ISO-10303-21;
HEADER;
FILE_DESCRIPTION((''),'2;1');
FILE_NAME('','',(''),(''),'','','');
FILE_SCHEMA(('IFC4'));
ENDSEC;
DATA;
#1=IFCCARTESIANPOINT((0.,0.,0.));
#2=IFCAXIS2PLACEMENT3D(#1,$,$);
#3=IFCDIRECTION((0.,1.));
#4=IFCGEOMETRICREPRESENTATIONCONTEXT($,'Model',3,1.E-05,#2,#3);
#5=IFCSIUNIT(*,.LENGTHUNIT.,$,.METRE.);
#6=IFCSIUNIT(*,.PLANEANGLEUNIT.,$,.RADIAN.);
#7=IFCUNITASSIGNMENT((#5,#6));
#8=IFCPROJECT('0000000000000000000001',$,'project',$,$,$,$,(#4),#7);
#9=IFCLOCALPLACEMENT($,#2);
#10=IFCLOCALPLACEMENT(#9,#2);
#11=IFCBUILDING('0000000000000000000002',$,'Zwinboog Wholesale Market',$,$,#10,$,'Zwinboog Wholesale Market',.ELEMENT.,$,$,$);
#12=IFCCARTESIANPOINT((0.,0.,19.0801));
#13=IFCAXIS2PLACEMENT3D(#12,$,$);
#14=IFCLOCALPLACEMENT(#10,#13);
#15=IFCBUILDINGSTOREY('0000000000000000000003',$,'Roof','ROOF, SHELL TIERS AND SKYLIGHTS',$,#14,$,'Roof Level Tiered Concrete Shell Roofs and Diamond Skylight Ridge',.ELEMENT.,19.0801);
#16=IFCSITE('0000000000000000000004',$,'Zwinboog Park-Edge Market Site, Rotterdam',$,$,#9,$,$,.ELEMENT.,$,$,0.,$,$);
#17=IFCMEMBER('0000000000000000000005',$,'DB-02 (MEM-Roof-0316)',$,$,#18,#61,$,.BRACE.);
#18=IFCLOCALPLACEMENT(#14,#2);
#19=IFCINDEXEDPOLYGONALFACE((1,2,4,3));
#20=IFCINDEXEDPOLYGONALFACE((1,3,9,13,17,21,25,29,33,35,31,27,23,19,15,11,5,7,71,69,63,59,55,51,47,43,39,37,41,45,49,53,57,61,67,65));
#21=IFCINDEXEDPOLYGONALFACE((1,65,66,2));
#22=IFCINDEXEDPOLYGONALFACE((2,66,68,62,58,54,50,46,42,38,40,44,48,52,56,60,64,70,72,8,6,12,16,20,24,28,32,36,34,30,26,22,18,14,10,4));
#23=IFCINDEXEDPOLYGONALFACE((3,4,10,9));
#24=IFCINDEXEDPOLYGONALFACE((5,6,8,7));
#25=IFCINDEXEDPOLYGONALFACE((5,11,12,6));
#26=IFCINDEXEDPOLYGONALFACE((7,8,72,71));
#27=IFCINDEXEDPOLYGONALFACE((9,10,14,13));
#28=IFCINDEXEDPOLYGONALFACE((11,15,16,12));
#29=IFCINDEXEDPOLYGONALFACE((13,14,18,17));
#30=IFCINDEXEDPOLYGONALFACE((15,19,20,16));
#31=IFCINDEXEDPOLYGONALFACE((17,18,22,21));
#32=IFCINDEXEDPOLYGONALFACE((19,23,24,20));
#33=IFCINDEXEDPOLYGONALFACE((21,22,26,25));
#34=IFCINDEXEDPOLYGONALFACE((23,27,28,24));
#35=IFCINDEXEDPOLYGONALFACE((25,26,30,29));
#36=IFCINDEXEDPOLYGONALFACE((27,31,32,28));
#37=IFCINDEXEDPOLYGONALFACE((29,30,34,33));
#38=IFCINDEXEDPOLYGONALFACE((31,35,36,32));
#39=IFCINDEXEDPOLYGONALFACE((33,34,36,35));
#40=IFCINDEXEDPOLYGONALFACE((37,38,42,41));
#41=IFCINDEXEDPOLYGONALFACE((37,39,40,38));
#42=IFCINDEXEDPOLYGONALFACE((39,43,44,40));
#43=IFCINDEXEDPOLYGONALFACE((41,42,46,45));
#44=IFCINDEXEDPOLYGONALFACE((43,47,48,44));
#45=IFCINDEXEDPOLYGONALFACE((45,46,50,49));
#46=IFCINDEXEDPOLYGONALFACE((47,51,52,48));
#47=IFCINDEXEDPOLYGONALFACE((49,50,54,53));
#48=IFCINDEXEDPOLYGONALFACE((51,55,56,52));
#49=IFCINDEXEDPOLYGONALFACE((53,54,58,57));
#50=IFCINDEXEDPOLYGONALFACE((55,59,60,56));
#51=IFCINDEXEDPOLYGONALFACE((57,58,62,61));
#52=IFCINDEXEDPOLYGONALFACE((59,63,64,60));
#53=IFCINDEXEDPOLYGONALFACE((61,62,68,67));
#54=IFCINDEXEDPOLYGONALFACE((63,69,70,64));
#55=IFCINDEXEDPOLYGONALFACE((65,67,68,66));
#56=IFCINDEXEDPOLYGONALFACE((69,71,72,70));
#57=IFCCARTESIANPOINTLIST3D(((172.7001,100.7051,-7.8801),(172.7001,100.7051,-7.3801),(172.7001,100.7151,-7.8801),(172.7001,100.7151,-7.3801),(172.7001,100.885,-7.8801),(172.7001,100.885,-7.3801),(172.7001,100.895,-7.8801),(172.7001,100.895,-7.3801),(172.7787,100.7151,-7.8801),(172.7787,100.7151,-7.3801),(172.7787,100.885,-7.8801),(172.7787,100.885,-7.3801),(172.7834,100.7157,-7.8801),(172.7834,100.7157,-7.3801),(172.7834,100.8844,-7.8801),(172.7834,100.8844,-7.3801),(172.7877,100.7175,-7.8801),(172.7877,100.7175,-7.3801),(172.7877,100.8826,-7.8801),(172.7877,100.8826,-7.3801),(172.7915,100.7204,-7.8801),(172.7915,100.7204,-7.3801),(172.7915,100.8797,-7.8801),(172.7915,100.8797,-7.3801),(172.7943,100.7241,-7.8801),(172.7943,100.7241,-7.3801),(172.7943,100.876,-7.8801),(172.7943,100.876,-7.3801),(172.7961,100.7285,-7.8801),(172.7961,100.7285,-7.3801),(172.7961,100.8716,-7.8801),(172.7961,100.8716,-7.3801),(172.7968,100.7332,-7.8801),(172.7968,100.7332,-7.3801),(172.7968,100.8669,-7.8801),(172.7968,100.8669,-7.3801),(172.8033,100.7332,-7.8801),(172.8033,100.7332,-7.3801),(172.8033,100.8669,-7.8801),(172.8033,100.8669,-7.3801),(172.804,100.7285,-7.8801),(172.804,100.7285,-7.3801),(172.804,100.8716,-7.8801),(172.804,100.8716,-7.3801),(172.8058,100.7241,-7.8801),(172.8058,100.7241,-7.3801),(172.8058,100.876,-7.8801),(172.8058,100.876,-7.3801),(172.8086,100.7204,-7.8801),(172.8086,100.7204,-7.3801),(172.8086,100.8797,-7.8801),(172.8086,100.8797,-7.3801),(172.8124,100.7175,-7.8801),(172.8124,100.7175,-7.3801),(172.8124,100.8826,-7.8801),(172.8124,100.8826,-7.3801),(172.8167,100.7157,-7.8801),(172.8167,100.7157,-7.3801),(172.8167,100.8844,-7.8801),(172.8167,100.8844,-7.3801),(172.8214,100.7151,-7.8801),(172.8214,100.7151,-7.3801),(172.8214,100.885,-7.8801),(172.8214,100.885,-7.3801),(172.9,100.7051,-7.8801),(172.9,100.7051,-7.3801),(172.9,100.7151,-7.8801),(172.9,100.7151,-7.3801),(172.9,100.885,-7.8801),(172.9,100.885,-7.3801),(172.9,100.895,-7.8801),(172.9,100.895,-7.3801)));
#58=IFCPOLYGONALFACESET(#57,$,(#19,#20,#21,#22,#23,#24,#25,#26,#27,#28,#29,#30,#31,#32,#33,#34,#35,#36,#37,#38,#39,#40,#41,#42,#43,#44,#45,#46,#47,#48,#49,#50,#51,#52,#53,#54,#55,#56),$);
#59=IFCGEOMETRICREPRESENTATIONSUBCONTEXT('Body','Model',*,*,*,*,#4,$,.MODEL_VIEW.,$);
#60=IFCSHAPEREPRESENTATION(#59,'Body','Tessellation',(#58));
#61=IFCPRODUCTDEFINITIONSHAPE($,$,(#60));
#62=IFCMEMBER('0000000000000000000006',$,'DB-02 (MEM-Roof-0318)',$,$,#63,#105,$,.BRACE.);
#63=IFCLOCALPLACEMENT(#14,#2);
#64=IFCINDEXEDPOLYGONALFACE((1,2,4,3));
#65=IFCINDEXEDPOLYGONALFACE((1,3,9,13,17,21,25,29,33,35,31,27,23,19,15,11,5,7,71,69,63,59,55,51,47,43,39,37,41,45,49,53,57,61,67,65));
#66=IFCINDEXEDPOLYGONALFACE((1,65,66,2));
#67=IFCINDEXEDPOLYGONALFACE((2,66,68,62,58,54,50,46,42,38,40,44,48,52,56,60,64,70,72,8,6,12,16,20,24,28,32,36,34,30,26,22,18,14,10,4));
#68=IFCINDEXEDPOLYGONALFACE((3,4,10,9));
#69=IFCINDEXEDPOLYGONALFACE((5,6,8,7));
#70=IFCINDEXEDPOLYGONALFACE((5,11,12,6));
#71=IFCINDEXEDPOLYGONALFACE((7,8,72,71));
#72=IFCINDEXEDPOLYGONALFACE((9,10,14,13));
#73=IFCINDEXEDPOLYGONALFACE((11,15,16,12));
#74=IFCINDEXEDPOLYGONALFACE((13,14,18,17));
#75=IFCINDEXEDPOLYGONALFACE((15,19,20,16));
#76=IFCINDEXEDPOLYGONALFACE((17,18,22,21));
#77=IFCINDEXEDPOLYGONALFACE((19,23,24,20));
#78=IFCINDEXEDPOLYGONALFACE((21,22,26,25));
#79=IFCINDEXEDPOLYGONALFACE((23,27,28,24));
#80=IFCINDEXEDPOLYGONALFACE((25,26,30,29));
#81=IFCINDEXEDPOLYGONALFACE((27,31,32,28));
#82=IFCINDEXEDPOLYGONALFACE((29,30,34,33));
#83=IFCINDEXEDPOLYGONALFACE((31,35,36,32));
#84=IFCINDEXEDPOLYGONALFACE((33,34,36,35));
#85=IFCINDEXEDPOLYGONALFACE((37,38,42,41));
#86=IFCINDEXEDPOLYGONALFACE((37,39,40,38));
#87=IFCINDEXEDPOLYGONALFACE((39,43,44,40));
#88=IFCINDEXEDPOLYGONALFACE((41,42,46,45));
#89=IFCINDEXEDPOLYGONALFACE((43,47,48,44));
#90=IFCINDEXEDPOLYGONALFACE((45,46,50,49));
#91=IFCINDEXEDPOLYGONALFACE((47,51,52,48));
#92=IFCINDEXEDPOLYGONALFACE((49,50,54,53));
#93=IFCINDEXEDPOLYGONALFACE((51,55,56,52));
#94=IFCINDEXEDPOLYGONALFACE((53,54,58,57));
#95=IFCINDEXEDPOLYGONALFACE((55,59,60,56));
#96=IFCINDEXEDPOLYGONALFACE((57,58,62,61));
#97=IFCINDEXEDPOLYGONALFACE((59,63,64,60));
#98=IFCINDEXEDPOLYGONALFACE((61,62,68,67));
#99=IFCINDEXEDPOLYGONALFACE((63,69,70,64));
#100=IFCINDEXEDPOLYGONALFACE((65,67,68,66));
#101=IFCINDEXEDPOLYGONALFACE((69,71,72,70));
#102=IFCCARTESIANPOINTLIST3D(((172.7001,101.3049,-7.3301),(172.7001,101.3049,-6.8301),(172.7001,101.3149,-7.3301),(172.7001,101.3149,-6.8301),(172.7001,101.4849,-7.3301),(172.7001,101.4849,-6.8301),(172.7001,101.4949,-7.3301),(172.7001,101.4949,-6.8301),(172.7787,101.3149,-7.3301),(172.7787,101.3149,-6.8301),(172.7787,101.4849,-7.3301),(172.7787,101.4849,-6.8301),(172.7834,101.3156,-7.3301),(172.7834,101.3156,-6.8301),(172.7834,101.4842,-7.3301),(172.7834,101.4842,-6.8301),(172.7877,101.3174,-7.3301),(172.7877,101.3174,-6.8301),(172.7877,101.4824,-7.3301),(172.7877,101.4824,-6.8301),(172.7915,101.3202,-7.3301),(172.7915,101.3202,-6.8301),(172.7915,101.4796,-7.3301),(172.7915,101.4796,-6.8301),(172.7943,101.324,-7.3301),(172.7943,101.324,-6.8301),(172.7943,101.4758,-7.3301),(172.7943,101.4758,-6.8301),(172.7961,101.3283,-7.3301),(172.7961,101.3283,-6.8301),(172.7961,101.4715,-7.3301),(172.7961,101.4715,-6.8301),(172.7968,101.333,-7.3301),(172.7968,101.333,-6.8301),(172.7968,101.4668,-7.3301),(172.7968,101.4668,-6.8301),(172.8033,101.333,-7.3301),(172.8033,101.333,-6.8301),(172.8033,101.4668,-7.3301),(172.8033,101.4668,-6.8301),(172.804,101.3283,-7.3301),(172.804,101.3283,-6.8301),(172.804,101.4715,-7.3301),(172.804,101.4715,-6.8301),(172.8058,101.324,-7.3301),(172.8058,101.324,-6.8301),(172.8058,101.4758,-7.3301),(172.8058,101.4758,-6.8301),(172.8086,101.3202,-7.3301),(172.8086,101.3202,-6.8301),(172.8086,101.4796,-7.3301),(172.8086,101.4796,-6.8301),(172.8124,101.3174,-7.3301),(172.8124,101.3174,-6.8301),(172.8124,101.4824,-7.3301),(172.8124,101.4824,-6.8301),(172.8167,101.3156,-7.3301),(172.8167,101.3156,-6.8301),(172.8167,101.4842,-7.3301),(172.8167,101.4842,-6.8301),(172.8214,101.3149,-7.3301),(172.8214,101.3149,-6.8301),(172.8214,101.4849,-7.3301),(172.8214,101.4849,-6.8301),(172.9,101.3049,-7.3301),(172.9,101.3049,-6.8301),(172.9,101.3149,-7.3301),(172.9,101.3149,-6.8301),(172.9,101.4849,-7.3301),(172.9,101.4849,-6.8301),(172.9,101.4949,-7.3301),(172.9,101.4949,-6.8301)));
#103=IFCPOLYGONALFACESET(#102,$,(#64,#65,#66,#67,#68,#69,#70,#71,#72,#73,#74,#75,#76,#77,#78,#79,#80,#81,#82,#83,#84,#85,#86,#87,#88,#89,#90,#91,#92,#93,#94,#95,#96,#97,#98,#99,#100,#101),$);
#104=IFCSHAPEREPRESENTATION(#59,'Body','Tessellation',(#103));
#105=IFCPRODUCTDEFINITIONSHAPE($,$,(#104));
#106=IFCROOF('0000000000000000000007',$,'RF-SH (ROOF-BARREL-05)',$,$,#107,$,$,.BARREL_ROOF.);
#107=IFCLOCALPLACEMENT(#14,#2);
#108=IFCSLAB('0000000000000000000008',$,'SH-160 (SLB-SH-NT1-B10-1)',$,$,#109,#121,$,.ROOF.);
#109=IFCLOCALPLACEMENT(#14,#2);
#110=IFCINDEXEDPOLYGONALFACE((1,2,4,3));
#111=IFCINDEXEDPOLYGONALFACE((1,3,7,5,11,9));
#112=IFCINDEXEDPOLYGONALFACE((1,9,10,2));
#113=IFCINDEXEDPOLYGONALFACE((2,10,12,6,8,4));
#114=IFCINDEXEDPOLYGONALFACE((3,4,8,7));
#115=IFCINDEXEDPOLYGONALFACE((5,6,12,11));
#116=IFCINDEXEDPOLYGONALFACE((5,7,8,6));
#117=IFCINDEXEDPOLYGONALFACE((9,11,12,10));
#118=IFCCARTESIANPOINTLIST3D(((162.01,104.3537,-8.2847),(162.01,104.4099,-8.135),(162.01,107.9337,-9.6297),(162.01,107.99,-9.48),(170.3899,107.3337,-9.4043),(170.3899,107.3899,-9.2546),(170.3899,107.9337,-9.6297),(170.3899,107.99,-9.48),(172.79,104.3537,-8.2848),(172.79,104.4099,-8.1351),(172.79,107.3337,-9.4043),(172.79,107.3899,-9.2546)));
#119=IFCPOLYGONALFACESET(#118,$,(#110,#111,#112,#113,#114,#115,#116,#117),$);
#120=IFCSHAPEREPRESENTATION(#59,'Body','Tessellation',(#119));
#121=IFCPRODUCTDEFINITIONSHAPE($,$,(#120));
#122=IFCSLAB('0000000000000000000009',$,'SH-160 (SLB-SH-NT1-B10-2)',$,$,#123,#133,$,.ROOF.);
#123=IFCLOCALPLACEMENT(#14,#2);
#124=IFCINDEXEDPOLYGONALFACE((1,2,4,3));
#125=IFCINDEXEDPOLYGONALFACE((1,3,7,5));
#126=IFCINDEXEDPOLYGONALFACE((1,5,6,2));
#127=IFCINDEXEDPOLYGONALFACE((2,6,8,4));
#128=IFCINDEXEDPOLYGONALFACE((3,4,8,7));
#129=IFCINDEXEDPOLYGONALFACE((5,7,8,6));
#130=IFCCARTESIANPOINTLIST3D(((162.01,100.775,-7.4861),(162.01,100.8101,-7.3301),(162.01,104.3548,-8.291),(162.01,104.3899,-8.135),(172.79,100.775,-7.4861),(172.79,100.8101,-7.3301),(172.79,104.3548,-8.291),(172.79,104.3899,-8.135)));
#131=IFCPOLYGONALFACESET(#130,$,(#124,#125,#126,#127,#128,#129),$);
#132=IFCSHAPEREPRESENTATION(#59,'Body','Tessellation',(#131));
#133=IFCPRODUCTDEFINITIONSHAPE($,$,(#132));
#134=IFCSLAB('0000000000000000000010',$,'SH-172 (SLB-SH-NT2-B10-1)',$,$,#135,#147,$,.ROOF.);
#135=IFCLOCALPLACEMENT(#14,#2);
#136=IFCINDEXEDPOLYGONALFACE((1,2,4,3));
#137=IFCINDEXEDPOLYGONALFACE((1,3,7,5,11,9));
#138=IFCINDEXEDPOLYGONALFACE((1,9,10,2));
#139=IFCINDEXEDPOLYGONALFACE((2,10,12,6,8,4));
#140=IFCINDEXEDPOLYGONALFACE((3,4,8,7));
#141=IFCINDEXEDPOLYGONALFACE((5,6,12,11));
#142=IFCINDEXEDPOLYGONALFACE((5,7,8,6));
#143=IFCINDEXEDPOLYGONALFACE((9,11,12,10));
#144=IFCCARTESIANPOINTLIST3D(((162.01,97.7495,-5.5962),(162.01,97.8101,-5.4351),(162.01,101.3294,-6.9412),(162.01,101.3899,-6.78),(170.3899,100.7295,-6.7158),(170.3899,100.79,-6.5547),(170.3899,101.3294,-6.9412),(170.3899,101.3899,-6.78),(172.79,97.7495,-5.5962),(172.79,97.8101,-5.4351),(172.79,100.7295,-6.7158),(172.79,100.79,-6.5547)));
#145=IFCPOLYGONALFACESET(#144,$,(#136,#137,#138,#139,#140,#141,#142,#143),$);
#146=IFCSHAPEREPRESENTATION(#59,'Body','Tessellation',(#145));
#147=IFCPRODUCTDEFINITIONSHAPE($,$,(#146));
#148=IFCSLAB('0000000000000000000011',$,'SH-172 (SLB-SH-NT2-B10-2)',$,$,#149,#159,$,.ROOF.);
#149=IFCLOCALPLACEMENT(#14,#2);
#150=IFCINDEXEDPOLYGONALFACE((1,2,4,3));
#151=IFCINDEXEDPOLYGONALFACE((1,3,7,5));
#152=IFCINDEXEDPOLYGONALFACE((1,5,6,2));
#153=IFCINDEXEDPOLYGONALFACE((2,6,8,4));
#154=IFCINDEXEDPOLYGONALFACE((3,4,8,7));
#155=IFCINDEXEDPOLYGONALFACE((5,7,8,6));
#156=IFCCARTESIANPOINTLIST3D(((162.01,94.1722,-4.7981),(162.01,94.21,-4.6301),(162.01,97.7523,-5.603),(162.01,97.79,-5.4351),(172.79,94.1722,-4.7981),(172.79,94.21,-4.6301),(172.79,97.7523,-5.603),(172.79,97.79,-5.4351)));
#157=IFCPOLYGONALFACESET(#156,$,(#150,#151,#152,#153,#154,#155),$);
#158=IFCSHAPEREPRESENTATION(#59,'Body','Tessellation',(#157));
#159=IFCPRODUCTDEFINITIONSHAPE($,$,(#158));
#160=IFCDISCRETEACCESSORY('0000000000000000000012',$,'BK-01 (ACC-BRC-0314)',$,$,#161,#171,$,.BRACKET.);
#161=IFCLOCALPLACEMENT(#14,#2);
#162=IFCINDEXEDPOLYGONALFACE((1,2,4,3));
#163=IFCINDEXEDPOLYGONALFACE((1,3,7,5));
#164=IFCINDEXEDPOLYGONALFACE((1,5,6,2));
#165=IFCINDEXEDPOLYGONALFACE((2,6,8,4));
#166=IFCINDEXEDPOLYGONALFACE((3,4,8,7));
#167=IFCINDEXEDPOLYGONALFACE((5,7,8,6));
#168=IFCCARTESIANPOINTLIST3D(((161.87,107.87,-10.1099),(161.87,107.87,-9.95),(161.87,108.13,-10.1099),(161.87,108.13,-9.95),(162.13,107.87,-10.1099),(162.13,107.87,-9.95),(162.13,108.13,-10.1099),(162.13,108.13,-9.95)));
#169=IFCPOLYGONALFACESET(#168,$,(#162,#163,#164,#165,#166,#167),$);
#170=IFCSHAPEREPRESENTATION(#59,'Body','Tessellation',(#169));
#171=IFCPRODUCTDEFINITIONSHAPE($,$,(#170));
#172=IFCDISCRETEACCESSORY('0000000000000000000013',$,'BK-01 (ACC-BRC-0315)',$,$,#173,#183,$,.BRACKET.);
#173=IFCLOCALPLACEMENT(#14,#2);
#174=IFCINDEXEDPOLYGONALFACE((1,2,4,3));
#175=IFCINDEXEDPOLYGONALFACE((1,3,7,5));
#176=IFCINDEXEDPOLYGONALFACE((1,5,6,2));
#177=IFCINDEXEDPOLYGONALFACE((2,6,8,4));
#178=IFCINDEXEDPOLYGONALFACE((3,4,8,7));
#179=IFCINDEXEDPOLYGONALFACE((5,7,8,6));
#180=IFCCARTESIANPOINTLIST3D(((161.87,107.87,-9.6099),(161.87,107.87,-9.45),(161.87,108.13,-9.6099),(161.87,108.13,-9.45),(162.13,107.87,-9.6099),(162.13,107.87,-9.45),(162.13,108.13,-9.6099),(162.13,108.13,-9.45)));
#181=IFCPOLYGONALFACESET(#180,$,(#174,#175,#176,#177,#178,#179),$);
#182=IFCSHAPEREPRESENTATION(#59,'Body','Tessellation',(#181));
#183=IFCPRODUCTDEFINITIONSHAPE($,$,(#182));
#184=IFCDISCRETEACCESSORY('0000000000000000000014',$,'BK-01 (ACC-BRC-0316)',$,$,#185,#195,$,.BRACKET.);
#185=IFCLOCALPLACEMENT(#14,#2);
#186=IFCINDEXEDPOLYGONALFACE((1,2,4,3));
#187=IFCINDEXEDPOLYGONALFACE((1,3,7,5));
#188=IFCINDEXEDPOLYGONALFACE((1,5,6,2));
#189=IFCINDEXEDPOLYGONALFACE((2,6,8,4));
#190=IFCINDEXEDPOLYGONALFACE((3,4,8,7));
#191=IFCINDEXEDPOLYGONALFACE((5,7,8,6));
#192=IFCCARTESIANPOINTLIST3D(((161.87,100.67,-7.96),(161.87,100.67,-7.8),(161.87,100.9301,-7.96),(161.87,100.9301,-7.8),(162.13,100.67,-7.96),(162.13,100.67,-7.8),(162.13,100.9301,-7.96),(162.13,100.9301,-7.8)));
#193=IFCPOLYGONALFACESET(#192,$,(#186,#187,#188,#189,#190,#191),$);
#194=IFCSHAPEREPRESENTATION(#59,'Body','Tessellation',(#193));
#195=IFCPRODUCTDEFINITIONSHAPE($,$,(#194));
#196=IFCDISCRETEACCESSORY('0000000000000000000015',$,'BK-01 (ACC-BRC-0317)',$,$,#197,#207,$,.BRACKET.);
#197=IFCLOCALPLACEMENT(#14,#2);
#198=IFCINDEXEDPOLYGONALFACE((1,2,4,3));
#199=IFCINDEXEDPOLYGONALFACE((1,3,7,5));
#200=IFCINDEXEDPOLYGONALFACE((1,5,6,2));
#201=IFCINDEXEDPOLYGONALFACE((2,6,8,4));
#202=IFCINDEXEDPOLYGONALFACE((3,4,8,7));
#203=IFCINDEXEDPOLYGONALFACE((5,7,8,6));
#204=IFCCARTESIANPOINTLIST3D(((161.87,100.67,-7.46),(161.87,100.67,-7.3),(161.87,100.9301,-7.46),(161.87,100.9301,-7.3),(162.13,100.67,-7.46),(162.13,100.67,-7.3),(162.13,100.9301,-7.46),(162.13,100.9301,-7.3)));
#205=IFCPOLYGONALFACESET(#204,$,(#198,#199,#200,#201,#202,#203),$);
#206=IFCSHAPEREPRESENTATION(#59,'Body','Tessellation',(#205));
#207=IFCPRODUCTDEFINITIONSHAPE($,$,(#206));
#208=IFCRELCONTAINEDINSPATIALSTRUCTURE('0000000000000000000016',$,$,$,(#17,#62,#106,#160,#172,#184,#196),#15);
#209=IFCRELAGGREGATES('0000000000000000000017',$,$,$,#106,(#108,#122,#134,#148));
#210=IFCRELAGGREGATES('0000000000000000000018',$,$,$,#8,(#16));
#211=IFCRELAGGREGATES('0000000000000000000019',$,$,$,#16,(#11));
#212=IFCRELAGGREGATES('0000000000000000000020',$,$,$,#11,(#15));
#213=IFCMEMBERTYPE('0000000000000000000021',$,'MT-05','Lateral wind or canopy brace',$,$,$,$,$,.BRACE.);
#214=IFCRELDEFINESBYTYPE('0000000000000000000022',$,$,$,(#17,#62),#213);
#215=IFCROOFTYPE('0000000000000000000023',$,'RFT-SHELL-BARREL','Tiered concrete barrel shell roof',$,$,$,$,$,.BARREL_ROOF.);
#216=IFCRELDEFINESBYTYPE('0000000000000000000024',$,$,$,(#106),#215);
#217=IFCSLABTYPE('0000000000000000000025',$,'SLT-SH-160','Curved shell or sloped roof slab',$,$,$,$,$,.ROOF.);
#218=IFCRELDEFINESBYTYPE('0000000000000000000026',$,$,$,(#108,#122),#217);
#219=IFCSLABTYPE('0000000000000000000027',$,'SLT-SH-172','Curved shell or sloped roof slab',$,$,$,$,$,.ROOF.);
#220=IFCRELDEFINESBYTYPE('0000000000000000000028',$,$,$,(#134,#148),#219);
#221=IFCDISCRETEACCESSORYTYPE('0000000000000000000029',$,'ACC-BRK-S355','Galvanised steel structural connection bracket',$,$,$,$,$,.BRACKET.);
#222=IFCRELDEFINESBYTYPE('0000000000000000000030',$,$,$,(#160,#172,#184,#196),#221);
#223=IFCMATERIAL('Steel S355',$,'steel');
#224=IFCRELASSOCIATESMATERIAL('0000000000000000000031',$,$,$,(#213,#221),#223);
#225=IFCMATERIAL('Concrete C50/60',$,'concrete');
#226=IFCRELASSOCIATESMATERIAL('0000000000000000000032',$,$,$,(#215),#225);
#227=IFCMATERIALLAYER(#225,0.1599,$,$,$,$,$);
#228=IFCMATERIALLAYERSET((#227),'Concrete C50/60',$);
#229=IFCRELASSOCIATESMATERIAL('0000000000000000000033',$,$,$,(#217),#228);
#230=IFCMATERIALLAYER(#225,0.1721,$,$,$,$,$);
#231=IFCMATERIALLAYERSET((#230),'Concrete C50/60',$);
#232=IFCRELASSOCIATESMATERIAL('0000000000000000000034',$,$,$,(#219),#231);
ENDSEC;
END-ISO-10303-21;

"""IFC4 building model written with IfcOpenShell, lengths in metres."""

from ifc_helpers import new_model, si_unit, direction, frame, origin, origin_2d, place, context, subcontext, project, spatial, polyline, rectangle, i_section, outline, extrude, material, layer, layer_set, material_profile, profile_set, type_object, element, aggregate, save


model = new_model("IFC4")

# Units and contexts
model_context = context("Model", 3, precision=1e-05, world=origin(), true_north=direction((0.0, 1.0)))
body_context = subcontext(model_context, "Body", "Model", "MODEL_VIEW")
ifc_project = project(units=[si_unit("LENGTHUNIT", "METRE"), si_unit("PLANEANGLEUNIT", "RADIAN")], contexts=[model_context])

# Site, building, storey
site_placement = place(None, origin())
site = spatial("IfcSite", under=ifc_project, at=site_placement, Name="Zwinboog Park-Edge Market Site, Rotterdam", CompositionType="ELEMENT", RefElevation=0.0)
building_placement = place(site_placement, origin())
building = spatial("IfcBuilding", under=site, at=building_placement, Name="Zwinboog Wholesale Market", LongName="Zwinboog Wholesale Market", CompositionType="ELEMENT")
storey_placement = place(building_placement, frame((0.0, 0.0, 19.0801)))
storey = spatial("IfcBuildingStorey", under=building, at=storey_placement, Name="Roof", Description="ROOF, SHELL TIERS AND SKYLIGHTS", LongName="Roof Level Tiered Concrete Shell Roofs and Diamond Skylight Ridge", CompositionType="ELEMENT", Elevation=19.0801)

# Members
ifc_material_1 = material(Name="Steel S355", Category="steel")
ifc_material_profile_1 = material_profile(ifc_material_1, i_section(OverallWidth=0.2, OverallDepth=0.1899, WebThickness=0.0066, FlangeThickness=0.01, FilletRadius=0.0181, at=origin_2d()), Name="HEA 200")
ifc_profile_set_1 = profile_set([ifc_material_profile_1], Name="Steel S355")
member_type_1 = type_object("IfcMemberType", Name="MT-05", Description="Lateral wind or canopy brace", PredefinedType="BRACE", material=ifc_profile_set_1)
for number, where, z_axis, x_axis, name in (
    (1, (172.8, 100.8, -7.8801), (0.0, 0.0, 1.0), (1.0, 0.0, 0.0), "DB-02 (MEM-Roof-0316)"),
    (2, (172.8, 101.3999, -7.3301), (0.0, 0.0, 1.0), (1.0, 0.0, 0.0), "DB-02 (MEM-Roof-0318)"),
):
    element("IfcMember", number, at=place(storey_placement, frame(where, z_axis=z_axis, x_axis=x_axis)), inside=storey, type_object=member_type_1, Name=name, PredefinedType="BRACE", context=body_context, shape_type="SweptSolid", body=[
        extrude(i_section(OverallWidth=0.2, OverallDepth=0.1899, WebThickness=0.0066, FlangeThickness=0.01, FilletRadius=0.0181, at=origin_2d()), origin(), (0.0, 0.0, 1.0), 0.5),
    ])

# Roof, slabs
ifc_material_2 = material(Name="Concrete C50/60", Category="concrete")
roof_type = type_object("IfcRoofType", Name="RFT-SHELL-BARREL", Description="Tiered concrete barrel shell roof", PredefinedType="BARREL_ROOF", material=ifc_material_2)
roof_placement = place(storey_placement, origin())
roof = element("IfcRoof", 3, at=roof_placement, inside=storey, type_object=roof_type, Name="RF-SH (ROOF-BARREL-05)", PredefinedType="BARREL_ROOF")
ifc_layer_1 = layer(ifc_material_2, 0.1599)
ifc_layer_set_1 = layer_set([ifc_layer_1], Name="Concrete C50/60")
slab_type_1 = type_object("IfcSlabType", Name="SLT-SH-160", Description="Curved shell or sloped roof slab", PredefinedType="ROOF", material=ifc_layer_set_1)
slab_1_placement = place(storey_placement, frame((162.01, 104.4099, -8.135), z_axis=(0.000005, 0.351689, 0.936117), x_axis=(1.0, -0.000002, -0.000004)))
slab_1 = element("IfcSlab", 4, at=slab_1_placement, type_object=slab_type_1, Name="SH-160 (SLB-SH-NT1-B10-1)", PredefinedType="ROOF", context=body_context, shape_type="SweptSolid", body=[
    extrude(outline(polyline([(0.0, 0.0), (10.78, 0.0), (10.78, 3.1834), (8.3799, 3.1834), (8.3799, 3.8244), (0.0, 3.8244), (0.0, 0.0)])), origin(), (0.0, 0.0, -1.0), 0.1599),
])
slab_2_placement = place(storey_placement, frame((162.01, 100.8101, -7.3301), z_axis=(0.0, 0.219374, 0.975641), x_axis=(1.0, 0.0, 0.0)))
slab_2 = element("IfcSlab", 5, at=slab_2_placement, type_object=slab_type_1, Name="SH-160 (SLB-SH-NT1-B10-2)", PredefinedType="ROOF", context=body_context, shape_type="SweptSolid", body=[
    extrude(outline(polyline([(0.0, 0.0), (10.78, 0.0), (10.78, 3.6692), (0.0, 3.6692), (0.0, 0.0)])), origin(), (0.0, 0.0, -1.0), 0.1599),
])
ifc_layer_2 = layer(ifc_material_2, 0.1721)
ifc_layer_set_2 = layer_set([ifc_layer_2], Name="Concrete C50/60")
slab_type_2 = type_object("IfcSlabType", Name="SLT-SH-172", Description="Curved shell or sloped roof slab", PredefinedType="ROOF", material=ifc_layer_set_2)
slab_3_placement = place(storey_placement, frame((162.01, 97.8101, -5.4351), z_axis=(0.000001, 0.351706, 0.936111), x_axis=(1.0, 0.0, -0.000001)))
slab_3 = element("IfcSlab", 6, at=slab_3_placement, type_object=slab_type_2, Name="SH-172 (SLB-SH-NT2-B10-1)", PredefinedType="ROOF", context=body_context, shape_type="SweptSolid", body=[
    extrude(outline(polyline([(0.0, 0.0), (10.78, 0.0), (10.78, 3.1834), (8.3799, 3.1834), (8.3799, 3.8242), (0.0, 3.8242), (0.0, 0.0)])), origin(), (0.0, 0.0, -1.0), 0.1721),
])
slab_4_placement = place(storey_placement, frame((162.01, 94.21, -4.6301), z_axis=(0.0, 0.21936, 0.975644), x_axis=(1.0, 0.0, 0.0)))
slab_4 = element("IfcSlab", 7, at=slab_4_placement, type_object=slab_type_2, Name="SH-172 (SLB-SH-NT2-B10-2)", PredefinedType="ROOF", context=body_context, shape_type="SweptSolid", body=[
    extrude(outline(polyline([(0.0, 0.0), (10.78, 0.0), (10.78, 3.6695), (0.0, 3.6695), (0.0, 0.0)])), origin(), (0.0, 0.0, -1.0), 0.1721),
])
aggregate(roof, [slab_1, slab_2, slab_3, slab_4])

# Discrete accessories
discrete_accessory_type = type_object("IfcDiscreteAccessoryType", Name="ACC-BRK-S355", Description="Galvanised steel structural connection bracket", PredefinedType="BRACKET", material=ifc_material_1)
for number, where, z_axis, x_axis, name in (
    (8, (162.0, 108.0, -10.1099), (0.0, 0.0, 1.0), (1.0, 0.0, 0.0), "BK-01 (ACC-BRC-0314)"),
    (9, (162.0, 108.0, -9.6099), (0.0, 0.0, 1.0), (1.0, 0.0, 0.0), "BK-01 (ACC-BRC-0315)"),
    (10, (162.0, 100.8, -7.96), (0.0, 0.0, 1.0), (1.0, 0.0, 0.0), "BK-01 (ACC-BRC-0316)"),
    (11, (162.0, 100.8, -7.46), (0.0, 0.0, 1.0), (1.0, 0.0, 0.0), "BK-01 (ACC-BRC-0317)"),
):
    element("IfcDiscreteAccessory", number, at=place(storey_placement, frame(where, z_axis=z_axis, x_axis=x_axis)), inside=storey, type_object=discrete_accessory_type, Name=name, PredefinedType="BRACKET", context=body_context, shape_type="SweptSolid", body=[
        extrude(rectangle(XDim=0.26, YDim=0.26, at=origin_2d()), origin(), (0.0, 0.0, 1.0), 0.1599),
    ])

save(model, "model.ifc")
